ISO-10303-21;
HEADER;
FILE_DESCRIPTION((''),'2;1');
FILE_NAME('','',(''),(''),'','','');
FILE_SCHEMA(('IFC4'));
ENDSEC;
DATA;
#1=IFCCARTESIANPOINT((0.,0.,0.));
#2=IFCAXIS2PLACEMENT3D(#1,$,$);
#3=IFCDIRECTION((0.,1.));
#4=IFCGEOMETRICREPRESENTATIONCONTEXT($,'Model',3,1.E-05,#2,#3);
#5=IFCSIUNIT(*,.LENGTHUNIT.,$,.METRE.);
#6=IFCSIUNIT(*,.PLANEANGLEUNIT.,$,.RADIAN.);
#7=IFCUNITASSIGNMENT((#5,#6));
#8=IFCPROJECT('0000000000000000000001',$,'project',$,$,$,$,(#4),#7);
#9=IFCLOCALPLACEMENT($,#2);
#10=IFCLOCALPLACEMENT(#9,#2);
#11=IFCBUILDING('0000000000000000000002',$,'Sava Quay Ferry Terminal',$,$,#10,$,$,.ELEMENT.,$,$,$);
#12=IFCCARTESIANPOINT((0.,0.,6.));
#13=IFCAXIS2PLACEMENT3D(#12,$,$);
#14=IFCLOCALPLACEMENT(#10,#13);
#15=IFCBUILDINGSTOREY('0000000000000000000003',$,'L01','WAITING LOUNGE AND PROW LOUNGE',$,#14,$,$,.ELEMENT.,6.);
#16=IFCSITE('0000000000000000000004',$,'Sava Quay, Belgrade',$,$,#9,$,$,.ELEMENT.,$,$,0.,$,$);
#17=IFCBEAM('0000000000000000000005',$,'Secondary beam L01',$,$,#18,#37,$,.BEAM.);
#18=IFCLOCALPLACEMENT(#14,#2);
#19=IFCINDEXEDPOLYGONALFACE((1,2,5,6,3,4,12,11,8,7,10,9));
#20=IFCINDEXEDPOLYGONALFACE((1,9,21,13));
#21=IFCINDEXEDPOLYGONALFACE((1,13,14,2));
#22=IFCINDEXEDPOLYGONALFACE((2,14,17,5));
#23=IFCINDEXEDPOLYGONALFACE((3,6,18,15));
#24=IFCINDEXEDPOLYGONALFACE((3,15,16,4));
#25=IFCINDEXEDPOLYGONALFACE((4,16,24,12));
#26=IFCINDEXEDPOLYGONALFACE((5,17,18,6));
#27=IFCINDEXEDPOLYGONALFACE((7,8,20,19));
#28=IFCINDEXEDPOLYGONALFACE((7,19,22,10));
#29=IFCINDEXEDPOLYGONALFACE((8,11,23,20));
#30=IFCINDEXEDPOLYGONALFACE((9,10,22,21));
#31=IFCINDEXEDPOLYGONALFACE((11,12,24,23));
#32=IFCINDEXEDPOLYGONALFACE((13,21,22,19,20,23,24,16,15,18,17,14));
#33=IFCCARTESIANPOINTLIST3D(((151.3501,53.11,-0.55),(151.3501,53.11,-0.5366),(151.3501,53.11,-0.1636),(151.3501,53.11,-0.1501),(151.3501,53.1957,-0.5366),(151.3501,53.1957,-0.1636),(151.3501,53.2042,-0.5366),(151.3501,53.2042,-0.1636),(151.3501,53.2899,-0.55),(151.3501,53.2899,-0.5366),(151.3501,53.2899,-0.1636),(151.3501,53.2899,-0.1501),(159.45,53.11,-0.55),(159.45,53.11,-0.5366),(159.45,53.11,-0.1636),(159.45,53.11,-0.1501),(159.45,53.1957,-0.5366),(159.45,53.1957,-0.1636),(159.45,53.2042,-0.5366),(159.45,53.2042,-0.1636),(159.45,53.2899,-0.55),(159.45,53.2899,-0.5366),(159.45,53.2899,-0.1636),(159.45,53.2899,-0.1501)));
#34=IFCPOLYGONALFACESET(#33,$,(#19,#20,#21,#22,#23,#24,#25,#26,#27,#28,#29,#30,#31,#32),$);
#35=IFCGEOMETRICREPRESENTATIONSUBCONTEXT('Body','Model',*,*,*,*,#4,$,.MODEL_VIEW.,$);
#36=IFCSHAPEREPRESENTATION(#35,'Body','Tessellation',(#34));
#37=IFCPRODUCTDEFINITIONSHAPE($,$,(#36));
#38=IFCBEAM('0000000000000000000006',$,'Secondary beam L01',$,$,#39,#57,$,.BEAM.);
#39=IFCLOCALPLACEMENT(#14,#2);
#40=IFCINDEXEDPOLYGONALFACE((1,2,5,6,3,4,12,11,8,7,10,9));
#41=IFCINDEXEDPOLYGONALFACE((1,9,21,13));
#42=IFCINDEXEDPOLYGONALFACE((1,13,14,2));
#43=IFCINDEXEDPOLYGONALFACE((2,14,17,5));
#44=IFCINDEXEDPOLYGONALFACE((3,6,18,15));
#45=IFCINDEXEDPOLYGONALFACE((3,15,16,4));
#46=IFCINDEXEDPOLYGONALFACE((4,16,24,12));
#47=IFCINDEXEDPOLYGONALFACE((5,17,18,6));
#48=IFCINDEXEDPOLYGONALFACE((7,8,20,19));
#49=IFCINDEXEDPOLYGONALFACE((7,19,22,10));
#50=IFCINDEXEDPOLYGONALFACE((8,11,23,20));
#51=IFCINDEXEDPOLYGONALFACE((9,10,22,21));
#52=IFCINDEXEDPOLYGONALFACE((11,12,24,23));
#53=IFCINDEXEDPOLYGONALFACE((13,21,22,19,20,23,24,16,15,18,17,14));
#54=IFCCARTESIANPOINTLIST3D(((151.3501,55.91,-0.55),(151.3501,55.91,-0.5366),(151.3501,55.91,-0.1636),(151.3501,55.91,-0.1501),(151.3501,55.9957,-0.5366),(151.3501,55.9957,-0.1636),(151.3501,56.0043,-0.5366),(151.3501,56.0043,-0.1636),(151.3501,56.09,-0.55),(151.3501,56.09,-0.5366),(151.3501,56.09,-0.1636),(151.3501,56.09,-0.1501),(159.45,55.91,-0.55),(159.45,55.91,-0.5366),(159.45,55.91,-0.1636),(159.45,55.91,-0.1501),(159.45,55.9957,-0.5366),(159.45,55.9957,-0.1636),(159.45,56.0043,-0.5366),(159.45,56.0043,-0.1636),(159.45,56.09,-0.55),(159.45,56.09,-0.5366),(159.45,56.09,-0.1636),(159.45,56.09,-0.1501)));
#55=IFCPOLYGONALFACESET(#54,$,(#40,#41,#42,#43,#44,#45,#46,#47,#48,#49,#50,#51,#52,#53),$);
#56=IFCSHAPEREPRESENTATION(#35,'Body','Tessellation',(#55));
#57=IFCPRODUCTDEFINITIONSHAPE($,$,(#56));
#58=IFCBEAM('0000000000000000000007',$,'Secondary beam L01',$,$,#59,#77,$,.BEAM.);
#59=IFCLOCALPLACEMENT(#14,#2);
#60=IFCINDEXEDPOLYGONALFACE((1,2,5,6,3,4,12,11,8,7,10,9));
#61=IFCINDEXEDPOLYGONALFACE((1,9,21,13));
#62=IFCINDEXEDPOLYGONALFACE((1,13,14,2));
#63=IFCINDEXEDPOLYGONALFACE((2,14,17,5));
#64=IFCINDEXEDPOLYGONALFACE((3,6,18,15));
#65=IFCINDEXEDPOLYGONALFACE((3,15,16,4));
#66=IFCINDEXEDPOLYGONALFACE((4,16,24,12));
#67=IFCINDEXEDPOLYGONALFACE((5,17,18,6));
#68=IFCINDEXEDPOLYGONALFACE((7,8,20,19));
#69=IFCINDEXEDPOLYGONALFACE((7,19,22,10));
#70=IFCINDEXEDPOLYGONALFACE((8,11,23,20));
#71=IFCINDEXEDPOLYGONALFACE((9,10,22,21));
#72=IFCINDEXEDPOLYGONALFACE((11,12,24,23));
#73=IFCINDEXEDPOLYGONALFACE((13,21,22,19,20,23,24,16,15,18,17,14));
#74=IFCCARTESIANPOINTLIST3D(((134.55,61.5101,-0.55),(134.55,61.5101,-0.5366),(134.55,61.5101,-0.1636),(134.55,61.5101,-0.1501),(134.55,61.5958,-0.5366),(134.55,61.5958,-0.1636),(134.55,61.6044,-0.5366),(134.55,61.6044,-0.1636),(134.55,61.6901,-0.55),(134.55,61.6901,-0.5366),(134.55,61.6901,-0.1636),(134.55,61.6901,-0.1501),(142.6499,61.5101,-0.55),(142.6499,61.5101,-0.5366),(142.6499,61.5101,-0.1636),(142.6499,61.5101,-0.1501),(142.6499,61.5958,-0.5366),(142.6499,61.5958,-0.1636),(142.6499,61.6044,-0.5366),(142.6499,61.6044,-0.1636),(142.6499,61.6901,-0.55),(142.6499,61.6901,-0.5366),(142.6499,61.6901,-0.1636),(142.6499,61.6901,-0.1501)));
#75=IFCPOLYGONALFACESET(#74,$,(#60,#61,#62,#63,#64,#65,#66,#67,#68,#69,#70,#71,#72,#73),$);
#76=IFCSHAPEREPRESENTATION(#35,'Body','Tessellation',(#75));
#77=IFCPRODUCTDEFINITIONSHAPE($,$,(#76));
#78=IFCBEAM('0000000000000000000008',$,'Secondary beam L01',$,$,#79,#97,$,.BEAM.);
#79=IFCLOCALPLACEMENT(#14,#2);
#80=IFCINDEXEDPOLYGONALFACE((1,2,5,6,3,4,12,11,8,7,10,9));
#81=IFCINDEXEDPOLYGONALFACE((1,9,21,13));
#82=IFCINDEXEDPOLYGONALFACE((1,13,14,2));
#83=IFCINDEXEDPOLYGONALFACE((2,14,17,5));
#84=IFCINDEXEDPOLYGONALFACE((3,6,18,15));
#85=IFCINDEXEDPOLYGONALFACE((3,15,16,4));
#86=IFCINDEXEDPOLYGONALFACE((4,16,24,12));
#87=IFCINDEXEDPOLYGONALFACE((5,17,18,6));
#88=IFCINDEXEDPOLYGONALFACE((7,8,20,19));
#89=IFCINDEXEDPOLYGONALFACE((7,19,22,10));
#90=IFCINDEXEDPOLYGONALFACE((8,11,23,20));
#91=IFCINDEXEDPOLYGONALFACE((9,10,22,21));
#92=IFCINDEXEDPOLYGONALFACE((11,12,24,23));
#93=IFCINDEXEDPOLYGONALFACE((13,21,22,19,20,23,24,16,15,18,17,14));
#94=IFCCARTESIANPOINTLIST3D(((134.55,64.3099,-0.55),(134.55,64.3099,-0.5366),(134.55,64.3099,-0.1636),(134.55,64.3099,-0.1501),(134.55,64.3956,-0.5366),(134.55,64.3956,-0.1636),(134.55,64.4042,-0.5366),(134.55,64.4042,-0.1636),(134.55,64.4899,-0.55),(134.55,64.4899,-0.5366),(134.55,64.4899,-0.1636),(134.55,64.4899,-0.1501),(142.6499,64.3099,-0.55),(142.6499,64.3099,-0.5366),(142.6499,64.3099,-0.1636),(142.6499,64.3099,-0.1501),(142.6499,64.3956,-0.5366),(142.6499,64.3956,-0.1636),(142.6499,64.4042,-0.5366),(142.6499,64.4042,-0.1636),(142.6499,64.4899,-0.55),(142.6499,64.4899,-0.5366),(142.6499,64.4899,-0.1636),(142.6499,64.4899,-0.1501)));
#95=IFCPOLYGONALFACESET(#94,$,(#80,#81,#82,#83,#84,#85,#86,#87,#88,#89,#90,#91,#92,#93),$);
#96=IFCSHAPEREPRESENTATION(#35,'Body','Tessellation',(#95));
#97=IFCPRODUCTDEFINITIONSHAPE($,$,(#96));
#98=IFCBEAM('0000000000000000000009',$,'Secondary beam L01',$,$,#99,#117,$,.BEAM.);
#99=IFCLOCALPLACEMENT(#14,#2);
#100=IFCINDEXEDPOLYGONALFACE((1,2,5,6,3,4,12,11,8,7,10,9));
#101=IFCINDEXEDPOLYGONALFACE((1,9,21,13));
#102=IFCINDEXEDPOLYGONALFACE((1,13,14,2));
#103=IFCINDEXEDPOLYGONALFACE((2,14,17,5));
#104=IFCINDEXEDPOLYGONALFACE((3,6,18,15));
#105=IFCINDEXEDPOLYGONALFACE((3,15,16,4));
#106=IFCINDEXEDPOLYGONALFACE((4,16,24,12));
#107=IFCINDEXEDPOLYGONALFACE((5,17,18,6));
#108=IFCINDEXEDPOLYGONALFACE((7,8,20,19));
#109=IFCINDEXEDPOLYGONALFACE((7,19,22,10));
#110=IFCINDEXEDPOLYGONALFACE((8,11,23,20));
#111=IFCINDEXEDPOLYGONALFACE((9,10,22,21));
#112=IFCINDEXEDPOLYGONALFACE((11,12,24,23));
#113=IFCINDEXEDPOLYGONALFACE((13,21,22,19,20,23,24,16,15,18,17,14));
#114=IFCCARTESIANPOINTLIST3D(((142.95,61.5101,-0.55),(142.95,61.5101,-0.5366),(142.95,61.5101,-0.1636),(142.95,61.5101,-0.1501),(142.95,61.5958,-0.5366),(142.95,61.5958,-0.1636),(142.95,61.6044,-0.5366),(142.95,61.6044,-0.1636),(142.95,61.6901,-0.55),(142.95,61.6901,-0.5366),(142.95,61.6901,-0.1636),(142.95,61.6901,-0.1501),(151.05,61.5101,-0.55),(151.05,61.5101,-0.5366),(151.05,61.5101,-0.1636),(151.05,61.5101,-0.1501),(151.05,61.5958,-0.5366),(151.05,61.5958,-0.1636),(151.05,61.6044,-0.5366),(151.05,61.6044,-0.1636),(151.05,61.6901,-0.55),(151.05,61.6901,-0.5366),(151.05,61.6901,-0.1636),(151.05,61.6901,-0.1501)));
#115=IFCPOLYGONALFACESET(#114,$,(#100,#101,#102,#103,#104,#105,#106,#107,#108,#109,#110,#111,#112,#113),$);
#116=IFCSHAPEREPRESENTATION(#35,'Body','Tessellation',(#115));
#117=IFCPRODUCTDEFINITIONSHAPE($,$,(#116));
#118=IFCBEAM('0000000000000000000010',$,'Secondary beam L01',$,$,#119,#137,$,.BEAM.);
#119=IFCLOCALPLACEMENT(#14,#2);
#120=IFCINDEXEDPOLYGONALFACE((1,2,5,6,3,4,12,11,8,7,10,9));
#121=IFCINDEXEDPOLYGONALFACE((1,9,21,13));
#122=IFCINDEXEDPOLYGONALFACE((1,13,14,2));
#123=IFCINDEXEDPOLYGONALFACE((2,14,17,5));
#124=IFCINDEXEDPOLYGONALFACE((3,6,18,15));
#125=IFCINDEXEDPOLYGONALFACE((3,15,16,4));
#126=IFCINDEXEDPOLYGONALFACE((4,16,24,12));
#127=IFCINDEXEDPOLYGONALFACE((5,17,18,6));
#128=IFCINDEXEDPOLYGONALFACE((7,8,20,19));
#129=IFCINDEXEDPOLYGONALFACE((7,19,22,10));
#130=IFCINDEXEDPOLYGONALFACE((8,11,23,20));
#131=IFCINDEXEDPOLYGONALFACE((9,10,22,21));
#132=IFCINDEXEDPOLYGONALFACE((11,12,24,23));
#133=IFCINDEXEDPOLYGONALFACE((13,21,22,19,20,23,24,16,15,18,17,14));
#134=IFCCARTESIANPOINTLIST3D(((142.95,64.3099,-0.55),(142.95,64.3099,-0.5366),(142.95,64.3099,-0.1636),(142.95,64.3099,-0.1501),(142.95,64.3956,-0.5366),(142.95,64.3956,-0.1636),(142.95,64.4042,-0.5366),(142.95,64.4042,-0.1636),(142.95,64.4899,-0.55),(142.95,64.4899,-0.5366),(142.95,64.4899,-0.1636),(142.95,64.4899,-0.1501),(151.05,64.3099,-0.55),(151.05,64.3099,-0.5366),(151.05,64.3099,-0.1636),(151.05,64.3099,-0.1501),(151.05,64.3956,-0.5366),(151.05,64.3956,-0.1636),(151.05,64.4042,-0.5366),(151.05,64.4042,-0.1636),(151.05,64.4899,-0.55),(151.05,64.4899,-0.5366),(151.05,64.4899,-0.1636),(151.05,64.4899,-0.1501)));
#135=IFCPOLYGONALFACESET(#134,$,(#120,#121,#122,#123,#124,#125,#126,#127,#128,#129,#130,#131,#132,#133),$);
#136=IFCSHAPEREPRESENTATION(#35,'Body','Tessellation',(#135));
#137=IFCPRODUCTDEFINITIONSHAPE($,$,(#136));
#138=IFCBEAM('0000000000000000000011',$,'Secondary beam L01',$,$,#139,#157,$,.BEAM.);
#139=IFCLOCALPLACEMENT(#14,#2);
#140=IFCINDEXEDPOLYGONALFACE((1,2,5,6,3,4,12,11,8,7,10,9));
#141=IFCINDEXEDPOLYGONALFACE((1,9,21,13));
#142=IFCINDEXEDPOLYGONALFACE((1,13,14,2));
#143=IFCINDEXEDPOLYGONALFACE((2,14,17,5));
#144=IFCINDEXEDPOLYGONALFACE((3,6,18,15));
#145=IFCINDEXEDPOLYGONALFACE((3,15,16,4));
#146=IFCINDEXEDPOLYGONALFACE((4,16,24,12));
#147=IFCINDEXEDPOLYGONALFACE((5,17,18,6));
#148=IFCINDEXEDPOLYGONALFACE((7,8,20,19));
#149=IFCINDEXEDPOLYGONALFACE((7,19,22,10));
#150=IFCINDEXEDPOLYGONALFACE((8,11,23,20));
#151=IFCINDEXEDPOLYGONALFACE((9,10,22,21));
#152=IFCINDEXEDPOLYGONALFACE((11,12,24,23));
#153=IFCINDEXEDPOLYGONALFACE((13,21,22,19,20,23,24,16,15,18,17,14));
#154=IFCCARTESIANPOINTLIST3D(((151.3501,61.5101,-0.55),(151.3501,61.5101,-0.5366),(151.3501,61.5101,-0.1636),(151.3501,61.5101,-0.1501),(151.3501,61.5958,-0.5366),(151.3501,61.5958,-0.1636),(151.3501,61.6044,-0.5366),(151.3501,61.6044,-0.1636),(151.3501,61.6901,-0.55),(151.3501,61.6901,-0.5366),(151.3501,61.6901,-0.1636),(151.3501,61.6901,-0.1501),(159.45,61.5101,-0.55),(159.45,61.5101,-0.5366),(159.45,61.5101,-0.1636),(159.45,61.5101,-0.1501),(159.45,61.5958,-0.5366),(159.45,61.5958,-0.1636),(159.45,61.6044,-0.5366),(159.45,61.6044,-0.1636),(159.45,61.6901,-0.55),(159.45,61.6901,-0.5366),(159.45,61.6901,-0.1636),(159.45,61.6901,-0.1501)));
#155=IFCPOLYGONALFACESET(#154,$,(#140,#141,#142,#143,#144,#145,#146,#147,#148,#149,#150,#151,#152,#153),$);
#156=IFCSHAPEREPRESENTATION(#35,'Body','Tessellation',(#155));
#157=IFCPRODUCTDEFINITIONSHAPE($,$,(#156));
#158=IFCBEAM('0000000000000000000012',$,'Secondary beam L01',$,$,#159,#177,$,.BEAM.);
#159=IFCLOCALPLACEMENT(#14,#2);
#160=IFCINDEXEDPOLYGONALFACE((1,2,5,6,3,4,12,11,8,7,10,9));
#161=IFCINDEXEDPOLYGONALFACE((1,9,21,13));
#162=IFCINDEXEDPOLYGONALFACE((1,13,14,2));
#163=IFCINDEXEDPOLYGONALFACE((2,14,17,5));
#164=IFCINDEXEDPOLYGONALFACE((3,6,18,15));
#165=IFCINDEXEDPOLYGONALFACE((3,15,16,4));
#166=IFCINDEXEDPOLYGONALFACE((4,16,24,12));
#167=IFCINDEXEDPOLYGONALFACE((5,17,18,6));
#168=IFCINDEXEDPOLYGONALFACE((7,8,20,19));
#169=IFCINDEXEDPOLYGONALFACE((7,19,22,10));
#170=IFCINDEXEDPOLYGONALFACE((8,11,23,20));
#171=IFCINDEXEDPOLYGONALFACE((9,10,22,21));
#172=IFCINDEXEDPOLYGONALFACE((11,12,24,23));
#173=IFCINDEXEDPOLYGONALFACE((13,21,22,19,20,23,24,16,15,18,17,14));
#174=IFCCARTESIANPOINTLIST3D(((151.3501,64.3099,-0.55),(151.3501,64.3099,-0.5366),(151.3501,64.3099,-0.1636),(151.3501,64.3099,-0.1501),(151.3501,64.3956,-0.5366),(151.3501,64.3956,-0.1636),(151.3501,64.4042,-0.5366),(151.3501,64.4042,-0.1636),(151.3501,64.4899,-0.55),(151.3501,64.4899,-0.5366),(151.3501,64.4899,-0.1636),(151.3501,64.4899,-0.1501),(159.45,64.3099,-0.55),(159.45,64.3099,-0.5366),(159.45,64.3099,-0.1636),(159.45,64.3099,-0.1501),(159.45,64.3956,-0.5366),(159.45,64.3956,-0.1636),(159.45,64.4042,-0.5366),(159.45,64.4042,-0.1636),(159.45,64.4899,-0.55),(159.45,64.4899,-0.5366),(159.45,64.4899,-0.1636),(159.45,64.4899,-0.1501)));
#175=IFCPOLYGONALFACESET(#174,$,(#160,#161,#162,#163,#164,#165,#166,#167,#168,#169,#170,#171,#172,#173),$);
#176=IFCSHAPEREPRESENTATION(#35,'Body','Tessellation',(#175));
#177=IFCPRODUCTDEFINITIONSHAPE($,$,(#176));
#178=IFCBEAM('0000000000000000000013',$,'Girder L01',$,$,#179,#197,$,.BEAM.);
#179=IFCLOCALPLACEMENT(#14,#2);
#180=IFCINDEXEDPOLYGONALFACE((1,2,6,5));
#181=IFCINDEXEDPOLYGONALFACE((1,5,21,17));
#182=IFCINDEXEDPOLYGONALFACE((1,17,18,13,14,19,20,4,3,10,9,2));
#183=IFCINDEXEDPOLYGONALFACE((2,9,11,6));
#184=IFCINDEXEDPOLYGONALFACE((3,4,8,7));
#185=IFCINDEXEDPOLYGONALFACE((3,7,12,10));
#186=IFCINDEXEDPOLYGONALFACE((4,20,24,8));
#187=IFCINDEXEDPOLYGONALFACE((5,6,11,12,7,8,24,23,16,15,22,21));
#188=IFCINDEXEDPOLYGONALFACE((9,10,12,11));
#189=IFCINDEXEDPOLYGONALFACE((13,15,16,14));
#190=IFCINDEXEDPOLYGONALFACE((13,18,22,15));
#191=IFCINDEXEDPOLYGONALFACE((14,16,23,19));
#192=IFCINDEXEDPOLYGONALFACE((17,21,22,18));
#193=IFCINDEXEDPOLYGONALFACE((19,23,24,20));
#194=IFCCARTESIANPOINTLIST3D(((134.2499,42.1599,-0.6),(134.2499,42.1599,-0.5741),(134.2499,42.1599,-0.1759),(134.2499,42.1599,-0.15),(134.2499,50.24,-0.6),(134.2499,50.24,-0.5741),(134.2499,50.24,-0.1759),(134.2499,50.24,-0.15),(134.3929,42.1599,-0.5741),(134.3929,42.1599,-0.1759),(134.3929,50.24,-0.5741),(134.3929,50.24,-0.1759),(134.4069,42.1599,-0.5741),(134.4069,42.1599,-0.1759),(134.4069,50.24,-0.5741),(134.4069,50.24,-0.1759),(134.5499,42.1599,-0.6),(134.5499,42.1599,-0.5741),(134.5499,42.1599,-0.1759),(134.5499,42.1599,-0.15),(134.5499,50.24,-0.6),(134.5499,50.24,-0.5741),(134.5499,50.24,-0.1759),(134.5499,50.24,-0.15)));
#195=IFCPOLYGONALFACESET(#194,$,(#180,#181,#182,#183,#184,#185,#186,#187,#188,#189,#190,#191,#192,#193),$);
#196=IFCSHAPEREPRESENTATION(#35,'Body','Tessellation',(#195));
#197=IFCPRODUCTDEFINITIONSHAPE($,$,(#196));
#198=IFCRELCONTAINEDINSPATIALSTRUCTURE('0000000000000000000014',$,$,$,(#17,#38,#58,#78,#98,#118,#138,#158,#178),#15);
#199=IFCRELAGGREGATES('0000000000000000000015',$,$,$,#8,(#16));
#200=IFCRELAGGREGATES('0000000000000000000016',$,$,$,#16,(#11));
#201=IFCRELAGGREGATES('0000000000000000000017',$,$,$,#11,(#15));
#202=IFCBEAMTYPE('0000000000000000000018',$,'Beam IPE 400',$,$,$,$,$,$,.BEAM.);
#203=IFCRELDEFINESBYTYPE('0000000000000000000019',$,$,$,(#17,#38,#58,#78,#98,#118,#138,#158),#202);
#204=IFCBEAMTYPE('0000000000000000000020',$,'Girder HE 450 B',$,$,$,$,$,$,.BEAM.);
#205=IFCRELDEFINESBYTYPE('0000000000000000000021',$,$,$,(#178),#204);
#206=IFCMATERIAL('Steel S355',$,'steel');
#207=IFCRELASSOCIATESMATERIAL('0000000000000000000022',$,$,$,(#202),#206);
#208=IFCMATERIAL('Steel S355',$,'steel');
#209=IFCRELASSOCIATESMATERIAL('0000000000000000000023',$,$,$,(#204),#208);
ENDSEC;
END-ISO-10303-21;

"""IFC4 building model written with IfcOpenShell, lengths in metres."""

from ifc_helpers import new_model, si_unit, direction, frame, origin, origin_2d, place, context, subcontext, project, spatial, i_section, extrude, material, material_profile, profile_set, type_object, element, save


model = new_model("IFC4")

# Units and contexts
model_context = context("Model", 3, precision=1e-05, world=origin(), true_north=direction((0.0, 1.0)))
body_context = subcontext(model_context, "Body", "Model", "MODEL_VIEW")
ifc_project = project(units=[si_unit("LENGTHUNIT", "METRE"), si_unit("PLANEANGLEUNIT", "RADIAN")], contexts=[model_context])

# Site, building, storey
site_placement = place(None, origin())
site = spatial("IfcSite", under=ifc_project, at=site_placement, Name="Sava Quay, Belgrade", CompositionType="ELEMENT", RefElevation=0.0)
building_placement = place(site_placement, origin())
building = spatial("IfcBuilding", under=site, at=building_placement, Name="Sava Quay Ferry Terminal", CompositionType="ELEMENT")
storey_placement = place(building_placement, frame((0.0, 0.0, 6.0)))
storey = spatial("IfcBuildingStorey", under=building, at=storey_placement, Name="L01", Description="WAITING LOUNGE AND PROW LOUNGE", CompositionType="ELEMENT", Elevation=6.0)

# Beams
ifc_material_1 = material(Name="Steel S355", Category="steel")
ifc_material_profile_1 = material_profile(ifc_material_1, i_section(OverallWidth=0.1799, OverallDepth=0.3999, WebThickness=0.0085, FlangeThickness=0.0134, at=origin_2d()), Name="IPE 400")
ifc_profile_set_1 = profile_set([ifc_material_profile_1], Name="Steel S355")
beam_type_1 = type_object("IfcBeamType", Name="Beam IPE 400", PredefinedType="BEAM", material=ifc_profile_set_1)
for number, where, z_axis, x_axis, name in (
    (1, (151.3501, 53.2, -0.3501), (1.0, 0.0, 0.0), (0.0, 1.0, 0.0), "Secondary beam L01"),
    (2, (151.3501, 56.0, -0.3501), (1.0, 0.0, 0.0), (0.0, 1.0, 0.0), "Secondary beam L01"),
    (3, (134.55, 61.6001, -0.3501), (1.0, 0.0, 0.0), (0.0, 1.0, 0.0), "Secondary beam L01"),
    (4, (134.55, 64.3999, -0.3501), (1.0, 0.0, 0.0), (0.0, 1.0, 0.0), "Secondary beam L01"),
):
    element("IfcBeam", number, at=place(storey_placement, frame(where, z_axis=z_axis, x_axis=x_axis)), inside=storey, type_object=beam_type_1, Name=name, PredefinedType="BEAM", context=body_context, shape_type="SweptSolid", body=[
        extrude(i_section(OverallWidth=0.1799, OverallDepth=0.3999, WebThickness=0.0085, FlangeThickness=0.0134, at=origin_2d()), origin(), (0.0, 0.0, 1.0), 8.0999),
    ])
for number, where, z_axis, x_axis, name in (
    (5, (142.95, 61.6001, -0.3501), (1.0, 0.0, 0.0), (0.0, 1.0, 0.0), "Secondary beam L01"),
    (6, (142.95, 64.3999, -0.3501), (1.0, 0.0, 0.0), (0.0, 1.0, 0.0), "Secondary beam L01"),
):
    element("IfcBeam", number, at=place(storey_placement, frame(where, z_axis=z_axis, x_axis=x_axis)), inside=storey, type_object=beam_type_1, Name=name, PredefinedType="BEAM", context=body_context, shape_type="SweptSolid", body=[
        extrude(i_section(OverallWidth=0.1799, OverallDepth=0.3999, WebThickness=0.0085, FlangeThickness=0.0134, at=origin_2d()), origin(), (0.0, 0.0, 1.0), 8.1001),
    ])
for number, where, z_axis, x_axis, name in (
    (7, (151.3501, 61.6001, -0.3501), (1.0, 0.0, 0.0), (0.0, 1.0, 0.0), "Secondary beam L01"),
    (8, (151.3501, 64.3999, -0.3501), (1.0, 0.0, 0.0), (0.0, 1.0, 0.0), "Secondary beam L01"),
):
    element("IfcBeam", number, at=place(storey_placement, frame(where, z_axis=z_axis, x_axis=x_axis)), inside=storey, type_object=beam_type_1, Name=name, PredefinedType="BEAM", context=body_context, shape_type="SweptSolid", body=[
        extrude(i_section(OverallWidth=0.1799, OverallDepth=0.3999, WebThickness=0.0085, FlangeThickness=0.0134, at=origin_2d()), origin(), (0.0, 0.0, 1.0), 8.0999),
    ])
ifc_material_2 = material(Name="Steel S355", Category="steel")
ifc_material_profile_2 = material_profile(ifc_material_2, i_section(OverallWidth=0.3, OverallDepth=0.45, WebThickness=0.0139, FlangeThickness=0.0259, at=origin_2d()), Name="HE 450 B")
ifc_profile_set_2 = profile_set([ifc_material_profile_2], Name="Steel S355")
beam_type_2 = type_object("IfcBeamType", Name="Girder HE 450 B", PredefinedType="BEAM", material=ifc_profile_set_2)
beam_1_placement = place(storey_placement, frame((134.3999, 42.1599, -0.375), z_axis=(0.0, 1.0, 0.0), x_axis=(-1.0, 0.0, 0.0)))
element("IfcBeam", 9, at=beam_1_placement, inside=storey, type_object=beam_type_2, Name="Girder L01", PredefinedType="BEAM", context=body_context, shape_type="SweptSolid", body=[
    extrude(i_section(OverallWidth=0.3, OverallDepth=0.45, WebThickness=0.0139, FlangeThickness=0.0259, at=origin_2d()), origin(), (0.0, 0.0, 1.0), 8.0801),
])

save(model, "model.ifc")
